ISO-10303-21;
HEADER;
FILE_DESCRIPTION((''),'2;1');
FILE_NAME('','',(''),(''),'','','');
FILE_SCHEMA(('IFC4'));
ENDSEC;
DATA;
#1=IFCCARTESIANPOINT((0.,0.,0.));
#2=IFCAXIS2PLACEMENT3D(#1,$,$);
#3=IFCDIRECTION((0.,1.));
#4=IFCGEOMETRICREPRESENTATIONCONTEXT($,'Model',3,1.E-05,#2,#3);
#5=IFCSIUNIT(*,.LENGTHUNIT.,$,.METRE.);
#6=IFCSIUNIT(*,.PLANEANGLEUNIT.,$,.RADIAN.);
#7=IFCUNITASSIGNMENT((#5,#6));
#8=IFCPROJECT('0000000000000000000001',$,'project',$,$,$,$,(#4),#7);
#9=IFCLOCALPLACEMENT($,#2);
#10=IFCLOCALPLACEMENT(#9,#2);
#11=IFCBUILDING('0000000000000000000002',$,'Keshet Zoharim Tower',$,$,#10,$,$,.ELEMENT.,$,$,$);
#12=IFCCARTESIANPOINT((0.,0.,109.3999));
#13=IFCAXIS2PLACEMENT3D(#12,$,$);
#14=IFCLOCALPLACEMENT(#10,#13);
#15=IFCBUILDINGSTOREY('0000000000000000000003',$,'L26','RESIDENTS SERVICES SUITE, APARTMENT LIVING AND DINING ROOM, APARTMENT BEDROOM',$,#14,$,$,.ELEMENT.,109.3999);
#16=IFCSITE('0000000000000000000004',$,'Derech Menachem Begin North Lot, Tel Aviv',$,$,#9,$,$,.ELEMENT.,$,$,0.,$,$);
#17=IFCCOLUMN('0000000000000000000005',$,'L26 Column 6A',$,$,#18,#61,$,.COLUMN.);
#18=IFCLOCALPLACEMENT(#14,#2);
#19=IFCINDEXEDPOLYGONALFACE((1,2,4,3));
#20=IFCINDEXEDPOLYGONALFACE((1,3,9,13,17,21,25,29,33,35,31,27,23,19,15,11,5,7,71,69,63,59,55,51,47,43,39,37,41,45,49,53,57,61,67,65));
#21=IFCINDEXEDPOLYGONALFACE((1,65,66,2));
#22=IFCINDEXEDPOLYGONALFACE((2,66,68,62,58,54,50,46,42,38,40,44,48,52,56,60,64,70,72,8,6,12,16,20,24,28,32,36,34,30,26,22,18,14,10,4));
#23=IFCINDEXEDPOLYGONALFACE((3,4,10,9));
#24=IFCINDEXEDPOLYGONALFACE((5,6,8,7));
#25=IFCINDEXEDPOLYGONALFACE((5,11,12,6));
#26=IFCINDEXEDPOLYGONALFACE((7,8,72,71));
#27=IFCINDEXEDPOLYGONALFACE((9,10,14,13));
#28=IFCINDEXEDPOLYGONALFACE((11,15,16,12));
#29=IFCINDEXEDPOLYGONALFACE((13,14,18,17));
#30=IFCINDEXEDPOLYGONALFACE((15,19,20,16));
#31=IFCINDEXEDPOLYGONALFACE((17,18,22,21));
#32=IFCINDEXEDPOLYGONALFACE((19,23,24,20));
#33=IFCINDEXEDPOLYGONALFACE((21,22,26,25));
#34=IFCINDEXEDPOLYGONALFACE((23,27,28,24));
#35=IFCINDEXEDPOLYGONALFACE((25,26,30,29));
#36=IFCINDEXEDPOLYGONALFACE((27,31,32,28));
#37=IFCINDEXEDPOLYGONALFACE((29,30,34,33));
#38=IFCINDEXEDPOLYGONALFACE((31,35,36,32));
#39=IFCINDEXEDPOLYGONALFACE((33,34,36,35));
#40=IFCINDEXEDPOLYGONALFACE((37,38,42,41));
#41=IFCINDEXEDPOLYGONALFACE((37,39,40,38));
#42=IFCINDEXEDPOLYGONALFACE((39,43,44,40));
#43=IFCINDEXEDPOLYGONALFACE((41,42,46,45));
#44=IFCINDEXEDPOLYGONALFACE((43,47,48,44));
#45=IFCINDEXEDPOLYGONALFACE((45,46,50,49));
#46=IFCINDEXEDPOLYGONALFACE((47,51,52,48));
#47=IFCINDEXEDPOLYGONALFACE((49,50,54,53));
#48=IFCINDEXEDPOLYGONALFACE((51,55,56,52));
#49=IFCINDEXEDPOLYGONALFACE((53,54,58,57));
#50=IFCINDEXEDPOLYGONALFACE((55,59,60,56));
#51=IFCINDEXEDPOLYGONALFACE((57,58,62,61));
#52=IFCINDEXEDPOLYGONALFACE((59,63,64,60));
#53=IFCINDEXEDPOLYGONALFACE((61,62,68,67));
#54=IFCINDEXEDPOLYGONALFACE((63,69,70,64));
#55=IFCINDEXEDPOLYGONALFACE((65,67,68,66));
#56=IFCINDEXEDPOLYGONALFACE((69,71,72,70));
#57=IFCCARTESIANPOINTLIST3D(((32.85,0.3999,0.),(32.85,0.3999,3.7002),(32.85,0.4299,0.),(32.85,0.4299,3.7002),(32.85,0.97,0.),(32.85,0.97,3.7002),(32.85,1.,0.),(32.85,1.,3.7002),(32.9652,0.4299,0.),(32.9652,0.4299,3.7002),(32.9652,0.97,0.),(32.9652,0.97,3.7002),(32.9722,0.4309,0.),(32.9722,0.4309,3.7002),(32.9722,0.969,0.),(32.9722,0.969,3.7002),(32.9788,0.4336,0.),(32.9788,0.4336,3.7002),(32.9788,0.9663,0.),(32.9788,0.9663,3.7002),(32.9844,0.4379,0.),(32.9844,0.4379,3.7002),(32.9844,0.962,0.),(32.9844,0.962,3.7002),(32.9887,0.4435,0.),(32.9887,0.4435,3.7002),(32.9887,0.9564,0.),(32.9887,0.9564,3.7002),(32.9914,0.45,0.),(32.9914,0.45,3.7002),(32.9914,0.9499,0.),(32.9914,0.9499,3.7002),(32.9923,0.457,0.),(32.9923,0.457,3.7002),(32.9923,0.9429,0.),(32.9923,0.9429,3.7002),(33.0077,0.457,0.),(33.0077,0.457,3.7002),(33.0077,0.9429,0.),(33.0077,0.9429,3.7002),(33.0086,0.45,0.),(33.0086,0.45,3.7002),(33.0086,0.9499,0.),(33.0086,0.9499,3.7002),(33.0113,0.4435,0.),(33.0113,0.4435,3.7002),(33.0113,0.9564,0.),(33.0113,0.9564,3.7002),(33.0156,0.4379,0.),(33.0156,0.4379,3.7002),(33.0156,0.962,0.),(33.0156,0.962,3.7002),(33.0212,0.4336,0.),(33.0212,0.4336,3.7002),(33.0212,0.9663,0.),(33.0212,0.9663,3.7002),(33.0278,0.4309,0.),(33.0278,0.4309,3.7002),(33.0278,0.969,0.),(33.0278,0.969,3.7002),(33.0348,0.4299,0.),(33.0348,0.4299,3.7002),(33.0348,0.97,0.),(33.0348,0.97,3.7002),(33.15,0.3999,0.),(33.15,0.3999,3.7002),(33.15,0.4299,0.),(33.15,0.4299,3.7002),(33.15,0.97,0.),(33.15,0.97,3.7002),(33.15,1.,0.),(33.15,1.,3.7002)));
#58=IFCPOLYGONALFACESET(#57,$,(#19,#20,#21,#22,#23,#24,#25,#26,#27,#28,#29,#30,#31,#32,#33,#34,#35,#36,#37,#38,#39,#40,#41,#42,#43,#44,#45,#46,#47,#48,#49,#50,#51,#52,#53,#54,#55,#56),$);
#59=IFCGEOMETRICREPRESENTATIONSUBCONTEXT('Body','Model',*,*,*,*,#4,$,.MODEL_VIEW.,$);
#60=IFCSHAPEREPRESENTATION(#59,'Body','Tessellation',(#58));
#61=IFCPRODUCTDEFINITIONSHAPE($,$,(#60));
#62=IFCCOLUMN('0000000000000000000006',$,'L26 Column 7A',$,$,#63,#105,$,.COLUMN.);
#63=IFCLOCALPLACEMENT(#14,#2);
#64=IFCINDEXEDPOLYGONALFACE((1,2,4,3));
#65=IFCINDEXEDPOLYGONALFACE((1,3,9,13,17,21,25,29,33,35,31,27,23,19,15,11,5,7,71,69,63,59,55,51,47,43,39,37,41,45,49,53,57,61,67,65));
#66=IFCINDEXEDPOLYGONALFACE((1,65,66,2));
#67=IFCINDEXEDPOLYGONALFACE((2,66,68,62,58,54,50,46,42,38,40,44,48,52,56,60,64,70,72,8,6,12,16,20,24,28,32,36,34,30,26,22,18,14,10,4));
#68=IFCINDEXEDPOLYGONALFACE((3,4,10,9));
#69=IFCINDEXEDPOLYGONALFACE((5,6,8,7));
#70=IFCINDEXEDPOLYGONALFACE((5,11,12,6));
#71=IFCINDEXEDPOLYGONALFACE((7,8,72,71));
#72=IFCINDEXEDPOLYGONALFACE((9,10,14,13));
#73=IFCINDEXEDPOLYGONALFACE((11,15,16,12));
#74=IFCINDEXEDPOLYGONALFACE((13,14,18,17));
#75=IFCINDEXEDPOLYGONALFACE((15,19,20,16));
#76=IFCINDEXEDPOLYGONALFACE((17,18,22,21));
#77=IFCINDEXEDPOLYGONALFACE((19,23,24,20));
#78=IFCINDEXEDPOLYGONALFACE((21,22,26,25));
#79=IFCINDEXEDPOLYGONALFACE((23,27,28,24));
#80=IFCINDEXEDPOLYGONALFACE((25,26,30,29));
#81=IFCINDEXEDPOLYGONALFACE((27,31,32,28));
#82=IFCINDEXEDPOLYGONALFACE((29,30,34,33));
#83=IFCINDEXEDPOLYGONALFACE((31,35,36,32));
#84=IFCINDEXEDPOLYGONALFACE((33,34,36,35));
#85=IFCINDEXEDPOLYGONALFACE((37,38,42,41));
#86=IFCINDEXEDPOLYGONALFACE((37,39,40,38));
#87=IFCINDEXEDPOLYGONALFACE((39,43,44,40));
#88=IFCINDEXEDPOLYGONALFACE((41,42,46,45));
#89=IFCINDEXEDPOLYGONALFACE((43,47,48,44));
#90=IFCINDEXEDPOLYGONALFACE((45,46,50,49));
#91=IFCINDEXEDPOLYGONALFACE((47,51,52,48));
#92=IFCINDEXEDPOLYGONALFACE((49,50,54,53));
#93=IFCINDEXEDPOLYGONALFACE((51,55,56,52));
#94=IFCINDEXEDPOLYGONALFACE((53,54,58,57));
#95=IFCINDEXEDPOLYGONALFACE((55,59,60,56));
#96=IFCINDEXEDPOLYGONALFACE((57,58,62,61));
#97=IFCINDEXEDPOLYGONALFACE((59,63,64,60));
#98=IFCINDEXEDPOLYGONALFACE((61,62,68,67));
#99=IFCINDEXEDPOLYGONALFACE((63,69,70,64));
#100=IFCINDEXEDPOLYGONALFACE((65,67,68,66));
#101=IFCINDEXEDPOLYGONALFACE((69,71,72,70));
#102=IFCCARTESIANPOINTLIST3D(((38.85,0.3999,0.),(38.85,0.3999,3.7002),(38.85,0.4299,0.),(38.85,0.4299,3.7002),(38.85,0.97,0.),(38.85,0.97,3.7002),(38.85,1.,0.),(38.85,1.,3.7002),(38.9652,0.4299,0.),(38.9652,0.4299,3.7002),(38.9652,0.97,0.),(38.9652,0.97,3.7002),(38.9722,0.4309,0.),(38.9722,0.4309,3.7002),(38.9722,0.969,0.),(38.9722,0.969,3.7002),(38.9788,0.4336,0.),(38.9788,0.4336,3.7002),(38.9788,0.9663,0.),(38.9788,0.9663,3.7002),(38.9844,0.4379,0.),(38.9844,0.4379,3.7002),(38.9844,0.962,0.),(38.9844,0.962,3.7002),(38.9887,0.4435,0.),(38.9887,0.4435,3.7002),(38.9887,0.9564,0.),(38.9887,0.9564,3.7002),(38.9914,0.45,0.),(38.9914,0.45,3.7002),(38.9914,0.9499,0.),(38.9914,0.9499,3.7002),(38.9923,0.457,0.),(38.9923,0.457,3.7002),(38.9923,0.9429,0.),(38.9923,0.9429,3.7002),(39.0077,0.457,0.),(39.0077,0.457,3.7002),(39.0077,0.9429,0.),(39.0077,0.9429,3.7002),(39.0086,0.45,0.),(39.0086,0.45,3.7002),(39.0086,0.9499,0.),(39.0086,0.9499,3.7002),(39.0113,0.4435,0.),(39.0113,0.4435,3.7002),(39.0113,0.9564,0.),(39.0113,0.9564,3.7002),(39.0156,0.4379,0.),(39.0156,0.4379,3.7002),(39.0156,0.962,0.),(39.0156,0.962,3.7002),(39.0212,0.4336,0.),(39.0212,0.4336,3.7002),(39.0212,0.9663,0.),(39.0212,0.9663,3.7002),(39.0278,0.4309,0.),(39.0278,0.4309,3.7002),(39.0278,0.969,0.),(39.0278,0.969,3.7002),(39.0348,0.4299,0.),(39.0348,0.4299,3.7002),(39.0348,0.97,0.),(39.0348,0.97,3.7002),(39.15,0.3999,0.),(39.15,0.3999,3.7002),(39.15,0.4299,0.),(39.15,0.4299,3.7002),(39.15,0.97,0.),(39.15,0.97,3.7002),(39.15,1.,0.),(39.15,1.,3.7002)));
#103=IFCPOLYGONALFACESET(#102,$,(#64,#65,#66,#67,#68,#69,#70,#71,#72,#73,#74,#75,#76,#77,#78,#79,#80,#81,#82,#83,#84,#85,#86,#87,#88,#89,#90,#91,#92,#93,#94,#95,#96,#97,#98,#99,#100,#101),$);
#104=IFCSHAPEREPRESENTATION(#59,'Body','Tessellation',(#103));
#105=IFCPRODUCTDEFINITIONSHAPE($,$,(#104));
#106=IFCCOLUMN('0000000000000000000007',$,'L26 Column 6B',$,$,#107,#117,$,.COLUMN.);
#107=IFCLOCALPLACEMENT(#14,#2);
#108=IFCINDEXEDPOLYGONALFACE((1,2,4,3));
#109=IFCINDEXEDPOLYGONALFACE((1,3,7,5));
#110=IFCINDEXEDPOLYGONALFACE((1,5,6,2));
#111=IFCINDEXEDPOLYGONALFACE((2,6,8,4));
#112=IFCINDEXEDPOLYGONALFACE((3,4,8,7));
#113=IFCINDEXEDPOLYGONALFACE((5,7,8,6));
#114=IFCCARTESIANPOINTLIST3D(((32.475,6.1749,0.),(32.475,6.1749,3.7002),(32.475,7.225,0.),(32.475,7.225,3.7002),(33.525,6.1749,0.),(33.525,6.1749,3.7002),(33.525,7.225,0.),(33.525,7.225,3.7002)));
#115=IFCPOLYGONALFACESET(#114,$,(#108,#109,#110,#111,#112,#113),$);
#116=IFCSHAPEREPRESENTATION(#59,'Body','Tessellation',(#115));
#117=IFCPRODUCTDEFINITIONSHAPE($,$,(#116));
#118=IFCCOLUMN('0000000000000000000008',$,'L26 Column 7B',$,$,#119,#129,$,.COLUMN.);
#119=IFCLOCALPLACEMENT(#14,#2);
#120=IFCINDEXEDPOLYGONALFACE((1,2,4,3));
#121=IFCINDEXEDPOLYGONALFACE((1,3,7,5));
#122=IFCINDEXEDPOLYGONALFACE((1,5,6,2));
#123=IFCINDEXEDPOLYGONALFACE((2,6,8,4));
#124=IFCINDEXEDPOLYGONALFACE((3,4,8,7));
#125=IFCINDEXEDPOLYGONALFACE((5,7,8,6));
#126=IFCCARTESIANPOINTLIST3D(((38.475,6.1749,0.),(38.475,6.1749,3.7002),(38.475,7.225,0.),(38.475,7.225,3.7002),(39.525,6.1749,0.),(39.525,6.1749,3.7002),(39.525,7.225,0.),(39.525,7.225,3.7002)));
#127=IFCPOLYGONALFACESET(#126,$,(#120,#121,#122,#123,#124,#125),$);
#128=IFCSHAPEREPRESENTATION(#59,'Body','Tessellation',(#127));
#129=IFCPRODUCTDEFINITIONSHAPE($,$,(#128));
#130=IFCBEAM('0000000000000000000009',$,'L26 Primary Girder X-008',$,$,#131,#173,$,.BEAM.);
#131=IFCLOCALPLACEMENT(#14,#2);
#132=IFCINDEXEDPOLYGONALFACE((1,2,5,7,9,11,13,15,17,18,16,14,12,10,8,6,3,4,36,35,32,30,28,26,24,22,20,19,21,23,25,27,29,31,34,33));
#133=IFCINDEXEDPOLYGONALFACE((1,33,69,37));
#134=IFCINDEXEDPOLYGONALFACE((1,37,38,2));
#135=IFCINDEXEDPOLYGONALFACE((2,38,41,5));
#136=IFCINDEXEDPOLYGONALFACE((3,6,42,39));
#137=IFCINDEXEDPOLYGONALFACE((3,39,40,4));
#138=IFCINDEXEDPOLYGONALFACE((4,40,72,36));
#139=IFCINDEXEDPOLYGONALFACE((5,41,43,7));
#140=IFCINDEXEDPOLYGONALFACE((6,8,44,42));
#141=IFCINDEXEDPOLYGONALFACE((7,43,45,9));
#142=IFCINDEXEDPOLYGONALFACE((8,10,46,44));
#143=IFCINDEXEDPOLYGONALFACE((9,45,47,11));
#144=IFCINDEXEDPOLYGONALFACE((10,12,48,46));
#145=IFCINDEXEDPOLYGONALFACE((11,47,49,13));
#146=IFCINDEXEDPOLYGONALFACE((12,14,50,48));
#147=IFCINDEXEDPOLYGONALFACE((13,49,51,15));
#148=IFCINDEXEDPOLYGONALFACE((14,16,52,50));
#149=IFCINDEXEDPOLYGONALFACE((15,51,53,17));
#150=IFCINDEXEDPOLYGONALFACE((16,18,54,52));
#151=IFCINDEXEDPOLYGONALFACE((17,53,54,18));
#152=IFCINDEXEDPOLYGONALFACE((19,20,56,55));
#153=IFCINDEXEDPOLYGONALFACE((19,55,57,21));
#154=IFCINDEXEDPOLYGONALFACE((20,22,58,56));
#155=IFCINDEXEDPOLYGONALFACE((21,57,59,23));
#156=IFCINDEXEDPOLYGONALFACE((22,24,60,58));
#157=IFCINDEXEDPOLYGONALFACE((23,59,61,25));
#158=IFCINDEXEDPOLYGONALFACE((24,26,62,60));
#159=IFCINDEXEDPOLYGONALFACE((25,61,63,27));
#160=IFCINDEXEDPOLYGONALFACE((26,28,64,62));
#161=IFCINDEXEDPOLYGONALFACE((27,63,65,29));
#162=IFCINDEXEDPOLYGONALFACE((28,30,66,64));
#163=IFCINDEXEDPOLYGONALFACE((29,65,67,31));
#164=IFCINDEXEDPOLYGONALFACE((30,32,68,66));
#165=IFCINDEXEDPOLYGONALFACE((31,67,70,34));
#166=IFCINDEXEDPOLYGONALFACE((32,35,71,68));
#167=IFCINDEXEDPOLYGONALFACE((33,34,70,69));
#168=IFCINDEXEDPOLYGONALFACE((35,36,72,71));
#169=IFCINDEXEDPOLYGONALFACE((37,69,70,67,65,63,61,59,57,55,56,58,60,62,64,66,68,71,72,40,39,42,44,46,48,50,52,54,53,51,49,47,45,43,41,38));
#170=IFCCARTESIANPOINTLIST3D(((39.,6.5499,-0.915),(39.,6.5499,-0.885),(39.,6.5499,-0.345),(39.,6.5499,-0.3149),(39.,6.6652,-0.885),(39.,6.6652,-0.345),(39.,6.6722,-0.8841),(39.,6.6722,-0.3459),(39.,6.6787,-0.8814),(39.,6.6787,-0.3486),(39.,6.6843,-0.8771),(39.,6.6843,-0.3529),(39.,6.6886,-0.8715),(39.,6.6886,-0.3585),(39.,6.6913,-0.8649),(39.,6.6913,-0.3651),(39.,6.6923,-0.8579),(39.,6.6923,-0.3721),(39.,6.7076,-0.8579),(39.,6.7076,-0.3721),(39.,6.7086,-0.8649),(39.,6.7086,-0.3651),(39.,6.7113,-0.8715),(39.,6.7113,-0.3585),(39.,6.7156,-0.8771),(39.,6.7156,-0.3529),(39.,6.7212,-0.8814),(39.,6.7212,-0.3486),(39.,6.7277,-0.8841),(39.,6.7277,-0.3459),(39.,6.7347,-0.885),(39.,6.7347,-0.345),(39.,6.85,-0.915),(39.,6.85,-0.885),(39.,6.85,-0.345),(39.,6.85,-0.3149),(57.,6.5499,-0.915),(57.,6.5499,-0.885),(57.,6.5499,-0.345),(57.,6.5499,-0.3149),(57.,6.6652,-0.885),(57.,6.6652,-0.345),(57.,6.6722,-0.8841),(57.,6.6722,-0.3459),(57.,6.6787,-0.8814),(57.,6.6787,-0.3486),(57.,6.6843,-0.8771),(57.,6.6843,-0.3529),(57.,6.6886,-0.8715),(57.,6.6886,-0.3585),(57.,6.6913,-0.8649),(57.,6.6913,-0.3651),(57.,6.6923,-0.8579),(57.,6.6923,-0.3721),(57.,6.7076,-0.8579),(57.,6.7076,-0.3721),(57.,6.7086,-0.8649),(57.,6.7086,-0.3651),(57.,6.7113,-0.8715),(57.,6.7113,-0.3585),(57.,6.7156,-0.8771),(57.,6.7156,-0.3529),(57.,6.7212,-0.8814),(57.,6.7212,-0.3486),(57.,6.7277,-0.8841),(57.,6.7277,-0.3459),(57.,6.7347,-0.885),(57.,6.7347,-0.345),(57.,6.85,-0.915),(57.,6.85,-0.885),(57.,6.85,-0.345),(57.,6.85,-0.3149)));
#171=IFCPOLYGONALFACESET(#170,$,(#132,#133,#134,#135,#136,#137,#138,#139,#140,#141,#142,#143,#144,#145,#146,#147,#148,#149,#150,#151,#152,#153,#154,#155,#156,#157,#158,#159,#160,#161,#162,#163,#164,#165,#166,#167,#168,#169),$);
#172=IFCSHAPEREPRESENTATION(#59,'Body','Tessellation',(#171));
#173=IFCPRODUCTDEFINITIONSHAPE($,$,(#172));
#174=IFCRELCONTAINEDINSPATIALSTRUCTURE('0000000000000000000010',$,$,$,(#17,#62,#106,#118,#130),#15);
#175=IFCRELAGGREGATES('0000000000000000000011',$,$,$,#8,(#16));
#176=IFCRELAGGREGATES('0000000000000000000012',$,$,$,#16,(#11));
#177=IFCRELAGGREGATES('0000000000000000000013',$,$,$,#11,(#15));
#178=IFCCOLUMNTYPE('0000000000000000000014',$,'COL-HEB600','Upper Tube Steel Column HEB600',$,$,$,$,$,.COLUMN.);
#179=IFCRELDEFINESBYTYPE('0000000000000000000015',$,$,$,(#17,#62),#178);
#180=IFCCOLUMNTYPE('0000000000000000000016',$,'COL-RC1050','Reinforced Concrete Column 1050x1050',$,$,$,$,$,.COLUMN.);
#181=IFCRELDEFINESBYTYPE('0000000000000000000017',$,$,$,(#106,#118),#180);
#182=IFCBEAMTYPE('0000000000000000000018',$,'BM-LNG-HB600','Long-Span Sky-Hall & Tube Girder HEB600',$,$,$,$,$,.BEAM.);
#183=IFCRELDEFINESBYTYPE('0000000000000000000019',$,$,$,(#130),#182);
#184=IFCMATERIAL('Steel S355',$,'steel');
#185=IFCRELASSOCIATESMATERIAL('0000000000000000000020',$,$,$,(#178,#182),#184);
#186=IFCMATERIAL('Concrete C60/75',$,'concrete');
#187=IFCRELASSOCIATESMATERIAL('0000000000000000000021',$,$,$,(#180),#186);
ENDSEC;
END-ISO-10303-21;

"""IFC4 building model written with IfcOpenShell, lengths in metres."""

from ifc_helpers import new_model, si_unit, direction, frame, origin, origin_2d, place, context, subcontext, project, spatial, rectangle, i_section, extrude, material, material_profile, profile_set, type_object, element, save


model = new_model("IFC4")

# Units and contexts
model_context = context("Model", 3, precision=1e-05, world=origin(), true_north=direction((0.0, 1.0)))
body_context = subcontext(model_context, "Body", "Model", "MODEL_VIEW")
ifc_project = project(units=[si_unit("LENGTHUNIT", "METRE"), si_unit("PLANEANGLEUNIT", "RADIAN")], contexts=[model_context])

# Site, building, storey
site_placement = place(None, origin())
site = spatial("IfcSite", under=ifc_project, at=site_placement, Name="Derech Menachem Begin North Lot, Tel Aviv", CompositionType="ELEMENT", RefElevation=0.0)
building_placement = place(site_placement, origin())
building = spatial("IfcBuilding", under=site, at=building_placement, Name="Keshet Zoharim Tower", CompositionType="ELEMENT")
storey_placement = place(building_placement, frame((0.0, 0.0, 109.3999)))
storey = spatial("IfcBuildingStorey", under=building, at=storey_placement, Name="L26", Description="RESIDENTS SERVICES SUITE, APARTMENT LIVING AND DINING ROOM, APARTMENT BEDROOM", CompositionType="ELEMENT", Elevation=109.3999)

# Columns
ifc_material_1 = material(Name="Steel S355", Category="steel")
ifc_material_profile_1 = material_profile(ifc_material_1, i_section(OverallWidth=0.3, OverallDepth=0.6001, WebThickness=0.0154, FlangeThickness=0.03, FilletRadius=0.0271, at=origin_2d()), Name="HEB600")
ifc_profile_set_1 = profile_set([ifc_material_profile_1], Name="Steel S355")
column_type_1 = type_object("IfcColumnType", Name="COL-HEB600", Description="Upper Tube Steel Column HEB600", PredefinedType="COLUMN", material=ifc_profile_set_1)
for number, where, z_axis, x_axis, name in (
    (1, (33.0, 0.7, 0.0), (0.0, 0.0, 1.0), (1.0, 0.0, 0.0), "L26 Column 6A"),
    (2, (39.0, 0.7, 0.0), (0.0, 0.0, 1.0), (1.0, 0.0, 0.0), "L26 Column 7A"),
):
    element("IfcColumn", number, at=place(storey_placement, frame(where, z_axis=z_axis, x_axis=x_axis)), inside=storey, type_object=column_type_1, Name=name, PredefinedType="COLUMN", context=body_context, shape_type="SweptSolid", body=[
        extrude(i_section(OverallWidth=0.3, OverallDepth=0.6001, WebThickness=0.0154, FlangeThickness=0.03, FilletRadius=0.0271, at=origin_2d()), origin(), (0.0, 0.0, 1.0), 3.7002),
    ])
ifc_material_2 = material(Name="Concrete C60/75", Category="concrete")
ifc_material_profile_2 = material_profile(ifc_material_2, rectangle(XDim=1.05, YDim=1.05, at=origin_2d()), Name="RC1050x1050")
ifc_profile_set_2 = profile_set([ifc_material_profile_2], Name="Concrete C60/75")
column_type_2 = type_object("IfcColumnType", Name="COL-RC1050", Description="Reinforced Concrete Column 1050x1050", PredefinedType="COLUMN", material=ifc_profile_set_2)
for number, where, z_axis, x_axis, name in (
    (3, (33.0, 6.7, 0.0), (0.0, 0.0, 1.0), (1.0, 0.0, 0.0), "L26 Column 6B"),
    (4, (39.0, 6.7, 0.0), (0.0, 0.0, 1.0), (1.0, 0.0, 0.0), "L26 Column 7B"),
):
    element("IfcColumn", number, at=place(storey_placement, frame(where, z_axis=z_axis, x_axis=x_axis)), inside=storey, type_object=column_type_2, Name=name, PredefinedType="COLUMN", context=body_context, shape_type="SweptSolid", body=[
        extrude(rectangle(XDim=1.05, YDim=1.05, at=origin_2d()), origin(), (0.0, 0.0, 1.0), 3.7002),
    ])

# Beam
ifc_material_profile_3 = material_profile(ifc_material_1, i_section(OverallWidth=0.3, OverallDepth=0.6001, WebThickness=0.0154, FlangeThickness=0.03, FilletRadius=0.0271, at=origin_2d()), Name="HEB600")
ifc_profile_set_3 = profile_set([ifc_material_profile_3], Name="Steel S355")
beam_type_1 = type_object("IfcBeamType", Name="BM-LNG-HB600", Description="Long-Span Sky-Hall & Tube Girder HEB600", PredefinedType="BEAM", material=ifc_profile_set_3)
beam_placement = place(storey_placement, frame((39.0, 6.7, -0.615), z_axis=(1.0, 0.0, 0.0), x_axis=(0.0, 1.0, 0.0)))
element("IfcBeam", 5, at=beam_placement, inside=storey, type_object=beam_type_1, Name="L26 Primary Girder X-008", PredefinedType="BEAM", context=body_context, shape_type="SweptSolid", body=[
    extrude(i_section(OverallWidth=0.3, OverallDepth=0.6001, WebThickness=0.0154, FlangeThickness=0.03, FilletRadius=0.0271, at=origin_2d()), origin(), (0.0, 0.0, 1.0), 18.0),
])

save(model, "model.ifc")
